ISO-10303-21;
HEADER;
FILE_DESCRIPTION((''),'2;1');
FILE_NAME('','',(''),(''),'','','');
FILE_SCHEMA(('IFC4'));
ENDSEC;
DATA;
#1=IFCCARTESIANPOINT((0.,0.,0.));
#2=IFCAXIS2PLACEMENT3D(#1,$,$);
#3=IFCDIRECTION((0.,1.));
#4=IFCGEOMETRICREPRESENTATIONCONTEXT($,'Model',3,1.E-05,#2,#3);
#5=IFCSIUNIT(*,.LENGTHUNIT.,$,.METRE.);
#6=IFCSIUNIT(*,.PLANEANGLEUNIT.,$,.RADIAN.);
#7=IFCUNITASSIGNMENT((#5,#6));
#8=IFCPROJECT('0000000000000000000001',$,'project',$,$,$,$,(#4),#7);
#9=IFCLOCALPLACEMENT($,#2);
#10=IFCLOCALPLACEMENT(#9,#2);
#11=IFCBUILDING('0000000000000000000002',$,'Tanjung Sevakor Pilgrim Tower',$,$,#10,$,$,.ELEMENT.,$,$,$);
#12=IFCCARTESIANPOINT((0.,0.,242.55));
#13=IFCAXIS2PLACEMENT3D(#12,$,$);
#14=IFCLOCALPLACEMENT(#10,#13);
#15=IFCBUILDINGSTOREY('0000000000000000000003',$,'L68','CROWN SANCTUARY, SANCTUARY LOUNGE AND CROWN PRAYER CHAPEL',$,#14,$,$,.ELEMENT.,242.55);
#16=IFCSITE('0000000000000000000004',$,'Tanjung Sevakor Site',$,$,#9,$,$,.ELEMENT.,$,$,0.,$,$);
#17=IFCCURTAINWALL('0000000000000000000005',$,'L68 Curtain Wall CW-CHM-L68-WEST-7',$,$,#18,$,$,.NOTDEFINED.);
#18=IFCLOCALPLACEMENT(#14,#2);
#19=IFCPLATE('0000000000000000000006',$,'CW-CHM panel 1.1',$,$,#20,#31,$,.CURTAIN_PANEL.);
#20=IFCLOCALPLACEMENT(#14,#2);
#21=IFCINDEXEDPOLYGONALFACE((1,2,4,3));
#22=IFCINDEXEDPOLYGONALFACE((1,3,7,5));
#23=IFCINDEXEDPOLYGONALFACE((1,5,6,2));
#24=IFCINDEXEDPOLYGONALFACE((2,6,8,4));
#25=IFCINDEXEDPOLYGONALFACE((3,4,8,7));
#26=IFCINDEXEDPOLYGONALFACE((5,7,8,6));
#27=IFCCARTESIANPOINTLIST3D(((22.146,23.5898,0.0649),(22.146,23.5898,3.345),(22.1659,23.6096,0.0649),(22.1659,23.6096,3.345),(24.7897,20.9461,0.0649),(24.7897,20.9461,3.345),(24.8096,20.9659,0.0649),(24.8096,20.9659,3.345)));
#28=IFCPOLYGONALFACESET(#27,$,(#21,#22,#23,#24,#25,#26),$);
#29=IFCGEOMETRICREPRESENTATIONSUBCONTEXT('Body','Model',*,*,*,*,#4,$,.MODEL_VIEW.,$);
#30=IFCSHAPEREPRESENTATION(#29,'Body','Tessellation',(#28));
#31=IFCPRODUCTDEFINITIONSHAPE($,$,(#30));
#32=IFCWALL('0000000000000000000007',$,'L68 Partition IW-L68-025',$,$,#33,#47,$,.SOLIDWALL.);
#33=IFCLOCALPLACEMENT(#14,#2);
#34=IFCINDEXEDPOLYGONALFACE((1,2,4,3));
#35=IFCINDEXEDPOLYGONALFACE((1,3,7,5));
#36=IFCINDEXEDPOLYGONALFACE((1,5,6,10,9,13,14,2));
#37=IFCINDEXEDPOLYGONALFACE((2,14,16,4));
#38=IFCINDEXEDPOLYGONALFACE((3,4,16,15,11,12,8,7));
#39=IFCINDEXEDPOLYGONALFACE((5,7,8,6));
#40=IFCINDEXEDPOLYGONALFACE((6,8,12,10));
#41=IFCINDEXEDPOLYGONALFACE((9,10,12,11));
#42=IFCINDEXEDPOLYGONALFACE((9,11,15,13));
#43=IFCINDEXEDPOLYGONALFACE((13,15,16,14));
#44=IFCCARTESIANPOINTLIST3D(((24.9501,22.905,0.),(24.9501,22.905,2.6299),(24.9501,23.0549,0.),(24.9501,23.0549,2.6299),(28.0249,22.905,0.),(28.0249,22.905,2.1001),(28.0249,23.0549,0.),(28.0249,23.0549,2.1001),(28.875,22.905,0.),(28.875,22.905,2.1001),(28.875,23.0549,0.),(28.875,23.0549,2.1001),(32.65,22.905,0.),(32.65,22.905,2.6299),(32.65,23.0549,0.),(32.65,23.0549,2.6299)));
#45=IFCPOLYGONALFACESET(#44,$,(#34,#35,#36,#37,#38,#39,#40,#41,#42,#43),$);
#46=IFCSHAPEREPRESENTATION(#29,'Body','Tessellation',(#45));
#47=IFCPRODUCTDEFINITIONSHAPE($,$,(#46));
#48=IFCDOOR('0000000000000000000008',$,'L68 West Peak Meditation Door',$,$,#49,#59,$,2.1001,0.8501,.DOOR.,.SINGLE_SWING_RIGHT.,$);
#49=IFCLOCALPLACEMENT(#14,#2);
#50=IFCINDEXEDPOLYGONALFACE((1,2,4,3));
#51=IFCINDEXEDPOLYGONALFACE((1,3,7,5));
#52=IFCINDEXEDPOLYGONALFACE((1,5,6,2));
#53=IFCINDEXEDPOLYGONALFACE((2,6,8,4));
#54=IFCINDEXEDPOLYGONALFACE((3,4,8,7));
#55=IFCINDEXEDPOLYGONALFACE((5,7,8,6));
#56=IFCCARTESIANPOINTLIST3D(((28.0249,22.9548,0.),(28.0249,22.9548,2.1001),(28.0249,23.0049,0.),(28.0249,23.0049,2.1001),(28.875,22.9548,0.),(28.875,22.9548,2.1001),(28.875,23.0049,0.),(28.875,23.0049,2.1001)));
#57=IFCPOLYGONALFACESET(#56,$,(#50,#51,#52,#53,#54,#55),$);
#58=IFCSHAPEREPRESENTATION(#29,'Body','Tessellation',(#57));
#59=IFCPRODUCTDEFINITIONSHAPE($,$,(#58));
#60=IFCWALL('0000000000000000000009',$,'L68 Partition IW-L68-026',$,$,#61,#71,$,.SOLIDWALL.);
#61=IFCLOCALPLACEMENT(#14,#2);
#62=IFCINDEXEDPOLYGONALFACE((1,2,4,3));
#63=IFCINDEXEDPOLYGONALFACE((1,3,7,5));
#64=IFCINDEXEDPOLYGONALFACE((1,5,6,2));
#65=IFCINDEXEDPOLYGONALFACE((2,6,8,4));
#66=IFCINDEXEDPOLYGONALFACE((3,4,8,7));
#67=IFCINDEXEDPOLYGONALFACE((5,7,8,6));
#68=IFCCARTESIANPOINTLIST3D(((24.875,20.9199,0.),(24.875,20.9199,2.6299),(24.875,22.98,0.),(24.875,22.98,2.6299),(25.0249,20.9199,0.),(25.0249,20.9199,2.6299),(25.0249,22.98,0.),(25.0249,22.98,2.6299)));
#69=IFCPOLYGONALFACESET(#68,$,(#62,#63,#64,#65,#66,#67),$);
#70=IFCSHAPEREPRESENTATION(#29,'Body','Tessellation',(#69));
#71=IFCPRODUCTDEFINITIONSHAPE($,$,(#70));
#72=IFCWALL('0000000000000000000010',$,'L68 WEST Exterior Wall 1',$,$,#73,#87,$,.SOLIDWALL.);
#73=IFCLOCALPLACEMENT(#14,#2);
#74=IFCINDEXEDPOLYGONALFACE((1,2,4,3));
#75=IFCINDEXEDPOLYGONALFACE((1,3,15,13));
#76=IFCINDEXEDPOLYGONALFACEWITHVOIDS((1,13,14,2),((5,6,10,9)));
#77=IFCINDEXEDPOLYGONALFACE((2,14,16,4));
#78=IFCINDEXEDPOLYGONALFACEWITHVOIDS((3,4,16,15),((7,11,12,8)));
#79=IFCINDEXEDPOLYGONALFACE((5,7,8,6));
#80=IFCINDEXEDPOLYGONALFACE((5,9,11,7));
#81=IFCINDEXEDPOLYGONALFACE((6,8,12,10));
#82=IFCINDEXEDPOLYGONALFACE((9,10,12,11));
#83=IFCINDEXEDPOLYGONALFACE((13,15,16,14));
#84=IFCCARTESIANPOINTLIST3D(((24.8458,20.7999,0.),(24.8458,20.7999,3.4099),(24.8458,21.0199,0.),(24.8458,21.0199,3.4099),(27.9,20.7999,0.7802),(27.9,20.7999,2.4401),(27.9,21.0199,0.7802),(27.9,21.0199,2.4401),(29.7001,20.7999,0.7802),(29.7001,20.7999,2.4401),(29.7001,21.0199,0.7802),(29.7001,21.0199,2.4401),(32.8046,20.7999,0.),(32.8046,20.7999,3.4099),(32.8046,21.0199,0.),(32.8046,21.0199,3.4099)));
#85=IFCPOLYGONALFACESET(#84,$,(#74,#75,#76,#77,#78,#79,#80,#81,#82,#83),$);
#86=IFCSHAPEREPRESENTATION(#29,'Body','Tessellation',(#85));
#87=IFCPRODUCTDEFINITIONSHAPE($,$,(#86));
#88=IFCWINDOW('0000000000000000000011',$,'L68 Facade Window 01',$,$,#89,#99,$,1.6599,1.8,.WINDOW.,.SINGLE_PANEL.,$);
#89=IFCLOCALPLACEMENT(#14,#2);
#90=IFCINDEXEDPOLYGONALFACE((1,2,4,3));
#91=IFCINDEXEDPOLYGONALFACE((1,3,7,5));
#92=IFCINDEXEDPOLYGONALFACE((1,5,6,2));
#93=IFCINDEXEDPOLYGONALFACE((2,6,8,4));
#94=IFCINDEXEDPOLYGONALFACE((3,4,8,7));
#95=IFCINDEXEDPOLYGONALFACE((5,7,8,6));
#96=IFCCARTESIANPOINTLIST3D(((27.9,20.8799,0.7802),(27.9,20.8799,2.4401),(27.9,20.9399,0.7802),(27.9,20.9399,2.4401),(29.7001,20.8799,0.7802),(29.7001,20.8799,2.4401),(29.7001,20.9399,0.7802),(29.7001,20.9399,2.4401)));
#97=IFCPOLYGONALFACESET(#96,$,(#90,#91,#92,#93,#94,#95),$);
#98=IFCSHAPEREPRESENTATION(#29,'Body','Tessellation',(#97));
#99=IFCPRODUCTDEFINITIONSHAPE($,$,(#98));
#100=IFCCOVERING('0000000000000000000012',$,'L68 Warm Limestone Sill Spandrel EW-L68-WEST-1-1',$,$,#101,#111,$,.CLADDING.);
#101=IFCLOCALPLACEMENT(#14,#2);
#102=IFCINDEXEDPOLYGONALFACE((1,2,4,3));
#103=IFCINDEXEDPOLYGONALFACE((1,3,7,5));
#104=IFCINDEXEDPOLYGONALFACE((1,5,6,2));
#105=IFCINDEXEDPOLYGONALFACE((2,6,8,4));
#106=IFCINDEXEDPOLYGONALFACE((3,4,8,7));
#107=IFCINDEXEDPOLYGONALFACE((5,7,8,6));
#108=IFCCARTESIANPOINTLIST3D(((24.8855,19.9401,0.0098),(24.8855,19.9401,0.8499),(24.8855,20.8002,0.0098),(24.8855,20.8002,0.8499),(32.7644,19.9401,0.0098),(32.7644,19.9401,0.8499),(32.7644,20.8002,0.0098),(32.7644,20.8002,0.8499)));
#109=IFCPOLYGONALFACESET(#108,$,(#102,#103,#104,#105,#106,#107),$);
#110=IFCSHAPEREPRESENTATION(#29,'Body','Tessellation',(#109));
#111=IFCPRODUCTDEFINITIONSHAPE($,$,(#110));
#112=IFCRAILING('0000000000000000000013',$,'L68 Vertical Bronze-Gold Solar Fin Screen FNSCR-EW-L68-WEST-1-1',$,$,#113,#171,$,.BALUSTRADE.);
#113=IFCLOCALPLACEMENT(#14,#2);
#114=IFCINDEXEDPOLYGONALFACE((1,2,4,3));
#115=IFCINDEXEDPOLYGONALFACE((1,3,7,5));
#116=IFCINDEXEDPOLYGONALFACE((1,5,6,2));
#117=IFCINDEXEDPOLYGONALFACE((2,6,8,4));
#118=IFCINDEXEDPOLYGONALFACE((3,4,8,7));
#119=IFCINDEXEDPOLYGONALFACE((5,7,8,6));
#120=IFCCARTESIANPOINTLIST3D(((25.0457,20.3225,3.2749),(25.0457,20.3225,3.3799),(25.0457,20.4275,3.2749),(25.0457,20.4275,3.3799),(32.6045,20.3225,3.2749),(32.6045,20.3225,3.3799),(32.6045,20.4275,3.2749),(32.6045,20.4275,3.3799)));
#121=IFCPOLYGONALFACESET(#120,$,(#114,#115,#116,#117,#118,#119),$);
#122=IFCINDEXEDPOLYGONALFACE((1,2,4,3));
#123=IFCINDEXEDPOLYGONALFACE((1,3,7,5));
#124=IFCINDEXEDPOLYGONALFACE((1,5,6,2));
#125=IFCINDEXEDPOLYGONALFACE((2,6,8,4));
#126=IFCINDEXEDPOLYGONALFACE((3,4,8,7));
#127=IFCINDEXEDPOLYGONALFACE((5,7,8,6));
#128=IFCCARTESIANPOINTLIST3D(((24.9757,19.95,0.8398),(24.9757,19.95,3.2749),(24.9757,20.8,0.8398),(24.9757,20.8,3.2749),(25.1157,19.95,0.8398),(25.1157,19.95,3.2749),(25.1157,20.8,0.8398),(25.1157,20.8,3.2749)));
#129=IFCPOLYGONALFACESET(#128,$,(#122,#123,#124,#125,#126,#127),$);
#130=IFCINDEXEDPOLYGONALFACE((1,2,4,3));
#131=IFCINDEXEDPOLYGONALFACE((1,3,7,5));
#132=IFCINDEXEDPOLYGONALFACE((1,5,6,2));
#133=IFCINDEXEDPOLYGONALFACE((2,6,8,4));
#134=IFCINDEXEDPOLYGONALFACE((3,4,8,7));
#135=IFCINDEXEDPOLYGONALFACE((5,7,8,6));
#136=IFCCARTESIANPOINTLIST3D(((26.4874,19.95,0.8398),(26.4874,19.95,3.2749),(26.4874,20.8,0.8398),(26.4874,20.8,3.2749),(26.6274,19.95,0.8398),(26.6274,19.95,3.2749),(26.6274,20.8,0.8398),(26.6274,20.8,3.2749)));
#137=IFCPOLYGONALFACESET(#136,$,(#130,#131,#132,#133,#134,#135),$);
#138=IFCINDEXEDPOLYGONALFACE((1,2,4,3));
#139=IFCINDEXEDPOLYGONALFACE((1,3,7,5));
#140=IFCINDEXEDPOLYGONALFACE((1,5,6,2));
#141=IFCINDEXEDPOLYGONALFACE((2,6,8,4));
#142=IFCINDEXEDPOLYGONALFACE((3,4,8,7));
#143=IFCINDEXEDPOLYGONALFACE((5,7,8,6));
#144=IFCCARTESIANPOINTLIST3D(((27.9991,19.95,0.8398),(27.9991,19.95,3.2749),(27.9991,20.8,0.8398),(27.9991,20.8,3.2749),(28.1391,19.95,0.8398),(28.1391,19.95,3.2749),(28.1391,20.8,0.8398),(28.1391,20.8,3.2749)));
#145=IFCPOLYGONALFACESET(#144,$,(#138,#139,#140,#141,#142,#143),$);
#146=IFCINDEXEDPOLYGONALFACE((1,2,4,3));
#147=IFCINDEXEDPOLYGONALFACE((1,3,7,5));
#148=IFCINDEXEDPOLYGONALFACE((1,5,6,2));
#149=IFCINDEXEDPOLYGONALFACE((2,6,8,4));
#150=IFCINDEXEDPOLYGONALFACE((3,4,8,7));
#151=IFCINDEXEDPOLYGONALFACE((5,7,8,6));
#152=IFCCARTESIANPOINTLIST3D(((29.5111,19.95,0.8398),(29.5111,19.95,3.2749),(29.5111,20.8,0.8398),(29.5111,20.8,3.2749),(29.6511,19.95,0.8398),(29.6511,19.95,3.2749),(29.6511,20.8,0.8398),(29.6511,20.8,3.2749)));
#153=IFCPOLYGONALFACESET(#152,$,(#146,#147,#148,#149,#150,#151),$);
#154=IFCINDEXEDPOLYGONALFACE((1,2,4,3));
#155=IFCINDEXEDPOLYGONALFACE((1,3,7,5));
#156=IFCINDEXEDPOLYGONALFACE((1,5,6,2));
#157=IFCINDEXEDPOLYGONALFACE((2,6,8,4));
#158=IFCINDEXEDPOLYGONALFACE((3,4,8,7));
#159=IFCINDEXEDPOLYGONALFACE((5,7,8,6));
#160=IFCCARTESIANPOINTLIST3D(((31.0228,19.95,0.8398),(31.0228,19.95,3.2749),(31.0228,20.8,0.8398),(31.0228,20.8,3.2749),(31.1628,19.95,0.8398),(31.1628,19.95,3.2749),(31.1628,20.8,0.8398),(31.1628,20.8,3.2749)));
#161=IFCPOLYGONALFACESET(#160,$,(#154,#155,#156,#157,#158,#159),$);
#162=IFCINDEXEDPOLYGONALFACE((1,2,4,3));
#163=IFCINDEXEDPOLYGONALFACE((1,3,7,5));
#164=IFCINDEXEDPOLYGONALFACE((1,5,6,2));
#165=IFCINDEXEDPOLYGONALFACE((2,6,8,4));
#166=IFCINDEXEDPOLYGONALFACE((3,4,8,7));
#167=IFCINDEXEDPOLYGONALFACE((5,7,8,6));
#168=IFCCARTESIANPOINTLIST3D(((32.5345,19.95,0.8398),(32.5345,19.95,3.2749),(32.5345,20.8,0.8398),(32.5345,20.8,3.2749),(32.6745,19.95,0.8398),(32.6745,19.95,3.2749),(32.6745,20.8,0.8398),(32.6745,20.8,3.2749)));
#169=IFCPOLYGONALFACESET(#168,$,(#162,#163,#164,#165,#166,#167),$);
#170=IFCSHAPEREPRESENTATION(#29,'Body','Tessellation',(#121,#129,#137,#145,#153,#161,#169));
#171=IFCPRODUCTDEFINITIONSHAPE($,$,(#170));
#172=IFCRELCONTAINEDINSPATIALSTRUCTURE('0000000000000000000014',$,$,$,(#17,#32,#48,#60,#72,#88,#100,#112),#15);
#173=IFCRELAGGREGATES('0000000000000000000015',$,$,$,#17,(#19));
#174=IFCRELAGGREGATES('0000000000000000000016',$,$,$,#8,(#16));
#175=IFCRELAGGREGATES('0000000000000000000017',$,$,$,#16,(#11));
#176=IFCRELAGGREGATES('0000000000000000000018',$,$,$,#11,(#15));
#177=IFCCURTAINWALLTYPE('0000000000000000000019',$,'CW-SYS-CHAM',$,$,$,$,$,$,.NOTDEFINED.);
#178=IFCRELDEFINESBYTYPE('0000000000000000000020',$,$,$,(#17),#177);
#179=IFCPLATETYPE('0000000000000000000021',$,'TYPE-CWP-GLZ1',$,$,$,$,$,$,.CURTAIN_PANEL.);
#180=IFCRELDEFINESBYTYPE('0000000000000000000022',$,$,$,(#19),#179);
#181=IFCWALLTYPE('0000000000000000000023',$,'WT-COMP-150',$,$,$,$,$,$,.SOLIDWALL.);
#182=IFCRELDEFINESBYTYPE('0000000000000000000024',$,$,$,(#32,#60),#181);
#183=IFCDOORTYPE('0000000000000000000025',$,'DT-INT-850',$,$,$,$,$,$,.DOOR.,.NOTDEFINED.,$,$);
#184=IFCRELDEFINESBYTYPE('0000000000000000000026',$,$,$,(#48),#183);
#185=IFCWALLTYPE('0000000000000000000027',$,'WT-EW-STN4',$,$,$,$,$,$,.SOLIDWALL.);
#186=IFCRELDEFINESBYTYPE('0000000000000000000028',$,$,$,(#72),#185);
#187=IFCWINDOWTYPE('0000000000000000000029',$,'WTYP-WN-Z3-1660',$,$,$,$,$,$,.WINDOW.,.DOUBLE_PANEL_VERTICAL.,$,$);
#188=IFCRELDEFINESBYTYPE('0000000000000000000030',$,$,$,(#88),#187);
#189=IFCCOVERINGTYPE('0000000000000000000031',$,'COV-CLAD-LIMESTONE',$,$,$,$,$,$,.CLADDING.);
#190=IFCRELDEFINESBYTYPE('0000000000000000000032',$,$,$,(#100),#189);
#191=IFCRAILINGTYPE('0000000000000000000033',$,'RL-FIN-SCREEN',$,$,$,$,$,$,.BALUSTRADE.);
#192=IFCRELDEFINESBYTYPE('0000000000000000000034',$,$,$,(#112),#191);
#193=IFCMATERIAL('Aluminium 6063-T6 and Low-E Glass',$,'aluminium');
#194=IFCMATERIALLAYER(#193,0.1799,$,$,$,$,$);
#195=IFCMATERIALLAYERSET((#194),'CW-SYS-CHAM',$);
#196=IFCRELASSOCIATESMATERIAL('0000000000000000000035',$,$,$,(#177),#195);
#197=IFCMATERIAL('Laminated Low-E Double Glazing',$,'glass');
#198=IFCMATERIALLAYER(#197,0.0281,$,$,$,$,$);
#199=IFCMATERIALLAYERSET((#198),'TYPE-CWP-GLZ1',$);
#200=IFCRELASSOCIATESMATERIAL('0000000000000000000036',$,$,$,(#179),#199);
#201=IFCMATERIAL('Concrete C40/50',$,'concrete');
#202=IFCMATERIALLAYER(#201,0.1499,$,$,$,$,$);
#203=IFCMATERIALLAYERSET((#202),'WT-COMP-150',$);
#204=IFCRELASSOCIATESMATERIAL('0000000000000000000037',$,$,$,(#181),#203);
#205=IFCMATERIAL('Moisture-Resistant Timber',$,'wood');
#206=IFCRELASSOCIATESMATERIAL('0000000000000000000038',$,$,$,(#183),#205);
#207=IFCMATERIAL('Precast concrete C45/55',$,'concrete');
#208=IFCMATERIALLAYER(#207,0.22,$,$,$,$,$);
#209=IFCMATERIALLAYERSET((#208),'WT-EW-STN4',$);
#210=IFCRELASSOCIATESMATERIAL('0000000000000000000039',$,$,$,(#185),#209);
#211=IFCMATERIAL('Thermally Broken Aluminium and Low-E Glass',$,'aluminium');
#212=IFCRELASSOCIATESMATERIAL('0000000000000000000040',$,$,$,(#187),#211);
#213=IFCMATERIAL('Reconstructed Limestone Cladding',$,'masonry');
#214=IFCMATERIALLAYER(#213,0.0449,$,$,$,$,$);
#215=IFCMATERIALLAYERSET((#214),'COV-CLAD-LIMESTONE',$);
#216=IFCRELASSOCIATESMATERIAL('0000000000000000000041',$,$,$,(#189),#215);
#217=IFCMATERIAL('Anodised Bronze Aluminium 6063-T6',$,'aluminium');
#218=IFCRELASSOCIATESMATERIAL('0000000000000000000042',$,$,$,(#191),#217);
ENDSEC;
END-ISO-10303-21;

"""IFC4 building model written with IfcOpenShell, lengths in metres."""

from ifc_helpers import new_model, si_unit, direction, frame, frame_2d, origin, origin_2d, place, context, subcontext, project, spatial, rectangle, extrude, material, layer, layer_set, type_object, element, fill, aggregate, save


model = new_model("IFC4")

# Units and contexts
model_context = context("Model", 3, precision=1e-05, world=origin(), true_north=direction((0.0, 1.0)))
body_context = subcontext(model_context, "Body", "Model", "MODEL_VIEW")
ifc_project = project(units=[si_unit("LENGTHUNIT", "METRE"), si_unit("PLANEANGLEUNIT", "RADIAN")], contexts=[model_context])

# Site, building, storey
site_placement = place(None, origin())
site = spatial("IfcSite", under=ifc_project, at=site_placement, Name="Tanjung Sevakor Site", CompositionType="ELEMENT", RefElevation=0.0)
building_placement = place(site_placement, origin())
building = spatial("IfcBuilding", under=site, at=building_placement, Name="Tanjung Sevakor Pilgrim Tower", CompositionType="ELEMENT")
storey_placement = place(building_placement, frame((0.0, 0.0, 242.55)))
storey = spatial("IfcBuildingStorey", under=building, at=storey_placement, Name="L68", Description="CROWN SANCTUARY, SANCTUARY LOUNGE AND CROWN PRAYER CHAPEL", CompositionType="ELEMENT", Elevation=242.55)

# Curtain wall
ifc_material_1 = material(Name="Aluminium 6063-T6 and Low-E Glass", Category="aluminium")
ifc_layer_1 = layer(ifc_material_1, 0.1799)
ifc_layer_set_1 = layer_set([ifc_layer_1], Name="CW-SYS-CHAM")
curtain_wall_type = type_object("IfcCurtainWallType", Name="CW-SYS-CHAM", PredefinedType="NOTDEFINED", material=ifc_layer_set_1)
curtain_wall_placement = place(storey_placement, origin())
curtain_wall = element("IfcCurtainWall", 1, at=curtain_wall_placement, inside=storey, type_object=curtain_wall_type, Name="L68 Curtain Wall CW-CHM-L68-WEST-7", PredefinedType="NOTDEFINED")

# Plate
ifc_material_2 = material(Name="Laminated Low-E Double Glazing", Category="glass")
ifc_layer_2 = layer(ifc_material_2, 0.0281)
ifc_layer_set_2 = layer_set([ifc_layer_2], Name="TYPE-CWP-GLZ1")
plate_type = type_object("IfcPlateType", Name="TYPE-CWP-GLZ1", PredefinedType="CURTAIN_PANEL", material=ifc_layer_set_2)
plate_placement = place(storey_placement, frame((23.4778, 22.2778, 0.0649), z_axis=(0.0, 0.0, 1.0), x_axis=(0.707107, -0.707107, 0.0)))
plate = element("IfcPlate", 2, at=plate_placement, type_object=plate_type, Name="CW-CHM panel 1.1", PredefinedType="CURTAIN_PANEL", context=body_context, shape_type="SweptSolid", body=[
    extrude(rectangle(XDim=3.7388, YDim=0.0281, at=origin_2d()), origin(), (0.0, 0.0, 1.0), 3.28),
])
aggregate(curtain_wall, [plate])

# Wall, opening, door
ifc_material_3 = material(Name="Concrete C40/50", Category="concrete")
ifc_layer_3 = layer(ifc_material_3, 0.1499)
ifc_layer_set_3 = layer_set([ifc_layer_3], Name="WT-COMP-150")
wall_type_1 = type_object("IfcWallType", Name="WT-COMP-150", PredefinedType="SOLIDWALL", material=ifc_layer_set_3)
wall_1_placement = place(storey_placement, frame((24.95, 22.98, 0.0), z_axis=(0.0, 0.0, 1.0), x_axis=(1.0, 0.0, 0.0)))
wall_1 = element("IfcWall", 3, at=wall_1_placement, inside=storey, type_object=wall_type_1, Name="L68 Partition IW-L68-025", PredefinedType="SOLIDWALL", context=body_context, shape_type="SweptSolid", body=[
    extrude(rectangle(XDim=7.7, YDim=0.1499, at=frame_2d((3.8501, 0.0))), origin(), (0.0, 0.0, 1.0), 2.6299),
])
opening_1_placement = place(wall_1_placement, frame((3.075, 0.0, 0.0)))
opening_1 = element("IfcOpeningElement", 4, at=opening_1_placement, cuts=wall_1, PredefinedType="OPENING", context=body_context, shape_type="SweptSolid", body=[
    extrude(rectangle(XDim=0.8501, YDim=2.1001, at=frame_2d((0.425, 1.05))), frame((0.0, 0.085, 0.0), z_axis=(0.0, -1.0, 0.0), x_axis=(1.0, 0.0, 0.0)), (0.0, 0.0, 1.0), 0.1699),
])
ifc_material_4 = material(Name="Moisture-Resistant Timber", Category="wood")
door_type = type_object("IfcDoorType", Name="DT-INT-850", OperationType="NOTDEFINED", PredefinedType="DOOR", material=ifc_material_4)
door_placement = place(opening_1_placement, origin())
door = element("IfcDoor", 5, at=door_placement, inside=storey, type_object=door_type, Name="L68 West Peak Meditation Door", OperationType="SINGLE_SWING_RIGHT", OverallHeight=2.1001, OverallWidth=0.8501, PredefinedType="DOOR", context=body_context, shape_type="SweptSolid", body=[
    extrude(rectangle(XDim=0.8501, YDim=2.1001, at=frame_2d((0.425, 1.05))), frame((0.0, 0.0249, 0.0), z_axis=(0.0, -1.0, 0.0), x_axis=(1.0, 0.0, 0.0)), (0.0, 0.0, 1.0), 0.05),
])
fill(opening_1, door)

# Wall
wall_2_placement = place(storey_placement, frame((24.95, 20.9199, 0.0), z_axis=(0.0, 0.0, 1.0), x_axis=(0.0, 1.0, 0.0)))
element("IfcWall", 6, at=wall_2_placement, inside=storey, type_object=wall_type_1, Name="L68 Partition IW-L68-026", PredefinedType="SOLIDWALL", context=body_context, shape_type="SweptSolid", body=[
    extrude(rectangle(XDim=2.0601, YDim=0.1499, at=frame_2d((1.03, 0.0))), origin(), (0.0, 0.0, 1.0), 2.6299),
])

# Wall, opening, window
ifc_material_5 = material(Name="Precast concrete C45/55", Category="concrete")
ifc_layer_4 = layer(ifc_material_5, 0.22)
ifc_layer_set_4 = layer_set([ifc_layer_4], Name="WT-EW-STN4")
wall_type_2 = type_object("IfcWallType", Name="WT-EW-STN4", PredefinedType="SOLIDWALL", material=ifc_layer_set_4)
wall_3_placement = place(storey_placement, frame((24.8457, 20.9099, 0.0), z_axis=(0.0, 0.0, 1.0), x_axis=(1.0, 0.0, 0.0)))
wall_3 = element("IfcWall", 7, at=wall_3_placement, inside=storey, type_object=wall_type_2, Name="L68 WEST Exterior Wall 1", PredefinedType="SOLIDWALL", context=body_context, shape_type="SweptSolid", body=[
    extrude(rectangle(XDim=7.9587, YDim=0.22, at=frame_2d((3.9795, 0.0))), origin(), (0.0, 0.0, 1.0), 3.4099),
])
opening_2_placement = place(wall_3_placement, frame((3.0544, 0.0, 0.78)))
opening_2 = element("IfcOpeningElement", 8, at=opening_2_placement, cuts=wall_3, PredefinedType="OPENING", context=body_context, shape_type="SweptSolid", body=[
    extrude(rectangle(XDim=1.8, YDim=1.6599, at=frame_2d((0.8999, 0.8301))), frame((0.0, 0.1199, 0.0), z_axis=(0.0, -1.0, 0.0), x_axis=(1.0, 0.0, 0.0)), (0.0, 0.0, 1.0), 0.24),
])
ifc_material_6 = material(Name="Thermally Broken Aluminium and Low-E Glass", Category="aluminium")
window_type = type_object("IfcWindowType", Name="WTYP-WN-Z3-1660", PartitioningType="DOUBLE_PANEL_VERTICAL", PredefinedType="WINDOW", material=ifc_material_6)
window_placement = place(opening_2_placement, origin())
window = element("IfcWindow", 9, at=window_placement, inside=storey, type_object=window_type, Name="L68 Facade Window 01", OverallHeight=1.6599, OverallWidth=1.8, PartitioningType="SINGLE_PANEL", PredefinedType="WINDOW", context=body_context, shape_type="SweptSolid", body=[
    extrude(rectangle(XDim=1.8, YDim=1.6599, at=frame_2d((0.8999, 0.8301))), frame((0.0, 0.03, 0.0), z_axis=(0.0, -1.0, 0.0), x_axis=(1.0, 0.0, 0.0)), (0.0, 0.0, 1.0), 0.0601),
])
fill(opening_2, window)

# Covering
ifc_material_7 = material(Name="Reconstructed Limestone Cladding", Category="masonry")
ifc_layer_5 = layer(ifc_material_7, 0.0449)
ifc_layer_set_5 = layer_set([ifc_layer_5], Name="COV-CLAD-LIMESTONE")
covering_type = type_object("IfcCoveringType", Name="COV-CLAD-LIMESTONE", PredefinedType="CLADDING", material=ifc_layer_set_5)
covering_placement = place(storey_placement, frame((28.825, 20.3701, 0.0098), z_axis=(0.0, 0.0, 1.0), x_axis=(1.0, 0.0, 0.0)))
element("IfcCovering", 10, at=covering_placement, inside=storey, type_object=covering_type, Name="L68 Warm Limestone Sill Spandrel EW-L68-WEST-1-1", PredefinedType="CLADDING", context=body_context, shape_type="SweptSolid", body=[
    extrude(rectangle(XDim=7.8789, YDim=0.8601, at=origin_2d()), origin(), (0.0, 0.0, 1.0), 0.8401),
])

# Railing
ifc_material_8 = material(Name="Anodised Bronze Aluminium 6063-T6", Category="aluminium")
railing_type = type_object("IfcRailingType", Name="RL-FIN-SCREEN", PredefinedType="BALUSTRADE", material=ifc_material_8)
railing_placement = place(storey_placement, frame((25.0457, 20.375, 0.8398)))
element("IfcRailing", 11, at=railing_placement, inside=storey, type_object=railing_type, Name="L68 Vertical Bronze-Gold Solar Fin Screen FNSCR-EW-L68-WEST-1-1", PredefinedType="BALUSTRADE", context=body_context, shape_type="SweptSolid", body=[
    extrude(rectangle(XDim=0.105, YDim=0.105), frame((0.0, 0.0, 2.4875), z_axis=(1.0, 0.0, 0.0), x_axis=(0.0, 1.0, 0.0)), (0.0, 0.0, 1.0), 7.5588),
    extrude(rectangle(XDim=0.14, YDim=0.85), origin(), (0.0, 0.0, 1.0), 2.4351),
    extrude(rectangle(XDim=0.14, YDim=0.85), frame((1.5117, 0.0, 0.0)), (0.0, 0.0, 1.0), 2.4351),
    extrude(rectangle(XDim=0.14, YDim=0.85), frame((3.0234, 0.0, 0.0)), (0.0, 0.0, 1.0), 2.4351),
    extrude(rectangle(XDim=0.14, YDim=0.85), frame((4.5354, 0.0, 0.0)), (0.0, 0.0, 1.0), 2.4351),
    extrude(rectangle(XDim=0.14, YDim=0.85), frame((6.0471, 0.0, 0.0)), (0.0, 0.0, 1.0), 2.4351),
    extrude(rectangle(XDim=0.14, YDim=0.85), frame((7.5588, 0.0, 0.0)), (0.0, 0.0, 1.0), 2.4351),
])

save(model, "model.ifc")
